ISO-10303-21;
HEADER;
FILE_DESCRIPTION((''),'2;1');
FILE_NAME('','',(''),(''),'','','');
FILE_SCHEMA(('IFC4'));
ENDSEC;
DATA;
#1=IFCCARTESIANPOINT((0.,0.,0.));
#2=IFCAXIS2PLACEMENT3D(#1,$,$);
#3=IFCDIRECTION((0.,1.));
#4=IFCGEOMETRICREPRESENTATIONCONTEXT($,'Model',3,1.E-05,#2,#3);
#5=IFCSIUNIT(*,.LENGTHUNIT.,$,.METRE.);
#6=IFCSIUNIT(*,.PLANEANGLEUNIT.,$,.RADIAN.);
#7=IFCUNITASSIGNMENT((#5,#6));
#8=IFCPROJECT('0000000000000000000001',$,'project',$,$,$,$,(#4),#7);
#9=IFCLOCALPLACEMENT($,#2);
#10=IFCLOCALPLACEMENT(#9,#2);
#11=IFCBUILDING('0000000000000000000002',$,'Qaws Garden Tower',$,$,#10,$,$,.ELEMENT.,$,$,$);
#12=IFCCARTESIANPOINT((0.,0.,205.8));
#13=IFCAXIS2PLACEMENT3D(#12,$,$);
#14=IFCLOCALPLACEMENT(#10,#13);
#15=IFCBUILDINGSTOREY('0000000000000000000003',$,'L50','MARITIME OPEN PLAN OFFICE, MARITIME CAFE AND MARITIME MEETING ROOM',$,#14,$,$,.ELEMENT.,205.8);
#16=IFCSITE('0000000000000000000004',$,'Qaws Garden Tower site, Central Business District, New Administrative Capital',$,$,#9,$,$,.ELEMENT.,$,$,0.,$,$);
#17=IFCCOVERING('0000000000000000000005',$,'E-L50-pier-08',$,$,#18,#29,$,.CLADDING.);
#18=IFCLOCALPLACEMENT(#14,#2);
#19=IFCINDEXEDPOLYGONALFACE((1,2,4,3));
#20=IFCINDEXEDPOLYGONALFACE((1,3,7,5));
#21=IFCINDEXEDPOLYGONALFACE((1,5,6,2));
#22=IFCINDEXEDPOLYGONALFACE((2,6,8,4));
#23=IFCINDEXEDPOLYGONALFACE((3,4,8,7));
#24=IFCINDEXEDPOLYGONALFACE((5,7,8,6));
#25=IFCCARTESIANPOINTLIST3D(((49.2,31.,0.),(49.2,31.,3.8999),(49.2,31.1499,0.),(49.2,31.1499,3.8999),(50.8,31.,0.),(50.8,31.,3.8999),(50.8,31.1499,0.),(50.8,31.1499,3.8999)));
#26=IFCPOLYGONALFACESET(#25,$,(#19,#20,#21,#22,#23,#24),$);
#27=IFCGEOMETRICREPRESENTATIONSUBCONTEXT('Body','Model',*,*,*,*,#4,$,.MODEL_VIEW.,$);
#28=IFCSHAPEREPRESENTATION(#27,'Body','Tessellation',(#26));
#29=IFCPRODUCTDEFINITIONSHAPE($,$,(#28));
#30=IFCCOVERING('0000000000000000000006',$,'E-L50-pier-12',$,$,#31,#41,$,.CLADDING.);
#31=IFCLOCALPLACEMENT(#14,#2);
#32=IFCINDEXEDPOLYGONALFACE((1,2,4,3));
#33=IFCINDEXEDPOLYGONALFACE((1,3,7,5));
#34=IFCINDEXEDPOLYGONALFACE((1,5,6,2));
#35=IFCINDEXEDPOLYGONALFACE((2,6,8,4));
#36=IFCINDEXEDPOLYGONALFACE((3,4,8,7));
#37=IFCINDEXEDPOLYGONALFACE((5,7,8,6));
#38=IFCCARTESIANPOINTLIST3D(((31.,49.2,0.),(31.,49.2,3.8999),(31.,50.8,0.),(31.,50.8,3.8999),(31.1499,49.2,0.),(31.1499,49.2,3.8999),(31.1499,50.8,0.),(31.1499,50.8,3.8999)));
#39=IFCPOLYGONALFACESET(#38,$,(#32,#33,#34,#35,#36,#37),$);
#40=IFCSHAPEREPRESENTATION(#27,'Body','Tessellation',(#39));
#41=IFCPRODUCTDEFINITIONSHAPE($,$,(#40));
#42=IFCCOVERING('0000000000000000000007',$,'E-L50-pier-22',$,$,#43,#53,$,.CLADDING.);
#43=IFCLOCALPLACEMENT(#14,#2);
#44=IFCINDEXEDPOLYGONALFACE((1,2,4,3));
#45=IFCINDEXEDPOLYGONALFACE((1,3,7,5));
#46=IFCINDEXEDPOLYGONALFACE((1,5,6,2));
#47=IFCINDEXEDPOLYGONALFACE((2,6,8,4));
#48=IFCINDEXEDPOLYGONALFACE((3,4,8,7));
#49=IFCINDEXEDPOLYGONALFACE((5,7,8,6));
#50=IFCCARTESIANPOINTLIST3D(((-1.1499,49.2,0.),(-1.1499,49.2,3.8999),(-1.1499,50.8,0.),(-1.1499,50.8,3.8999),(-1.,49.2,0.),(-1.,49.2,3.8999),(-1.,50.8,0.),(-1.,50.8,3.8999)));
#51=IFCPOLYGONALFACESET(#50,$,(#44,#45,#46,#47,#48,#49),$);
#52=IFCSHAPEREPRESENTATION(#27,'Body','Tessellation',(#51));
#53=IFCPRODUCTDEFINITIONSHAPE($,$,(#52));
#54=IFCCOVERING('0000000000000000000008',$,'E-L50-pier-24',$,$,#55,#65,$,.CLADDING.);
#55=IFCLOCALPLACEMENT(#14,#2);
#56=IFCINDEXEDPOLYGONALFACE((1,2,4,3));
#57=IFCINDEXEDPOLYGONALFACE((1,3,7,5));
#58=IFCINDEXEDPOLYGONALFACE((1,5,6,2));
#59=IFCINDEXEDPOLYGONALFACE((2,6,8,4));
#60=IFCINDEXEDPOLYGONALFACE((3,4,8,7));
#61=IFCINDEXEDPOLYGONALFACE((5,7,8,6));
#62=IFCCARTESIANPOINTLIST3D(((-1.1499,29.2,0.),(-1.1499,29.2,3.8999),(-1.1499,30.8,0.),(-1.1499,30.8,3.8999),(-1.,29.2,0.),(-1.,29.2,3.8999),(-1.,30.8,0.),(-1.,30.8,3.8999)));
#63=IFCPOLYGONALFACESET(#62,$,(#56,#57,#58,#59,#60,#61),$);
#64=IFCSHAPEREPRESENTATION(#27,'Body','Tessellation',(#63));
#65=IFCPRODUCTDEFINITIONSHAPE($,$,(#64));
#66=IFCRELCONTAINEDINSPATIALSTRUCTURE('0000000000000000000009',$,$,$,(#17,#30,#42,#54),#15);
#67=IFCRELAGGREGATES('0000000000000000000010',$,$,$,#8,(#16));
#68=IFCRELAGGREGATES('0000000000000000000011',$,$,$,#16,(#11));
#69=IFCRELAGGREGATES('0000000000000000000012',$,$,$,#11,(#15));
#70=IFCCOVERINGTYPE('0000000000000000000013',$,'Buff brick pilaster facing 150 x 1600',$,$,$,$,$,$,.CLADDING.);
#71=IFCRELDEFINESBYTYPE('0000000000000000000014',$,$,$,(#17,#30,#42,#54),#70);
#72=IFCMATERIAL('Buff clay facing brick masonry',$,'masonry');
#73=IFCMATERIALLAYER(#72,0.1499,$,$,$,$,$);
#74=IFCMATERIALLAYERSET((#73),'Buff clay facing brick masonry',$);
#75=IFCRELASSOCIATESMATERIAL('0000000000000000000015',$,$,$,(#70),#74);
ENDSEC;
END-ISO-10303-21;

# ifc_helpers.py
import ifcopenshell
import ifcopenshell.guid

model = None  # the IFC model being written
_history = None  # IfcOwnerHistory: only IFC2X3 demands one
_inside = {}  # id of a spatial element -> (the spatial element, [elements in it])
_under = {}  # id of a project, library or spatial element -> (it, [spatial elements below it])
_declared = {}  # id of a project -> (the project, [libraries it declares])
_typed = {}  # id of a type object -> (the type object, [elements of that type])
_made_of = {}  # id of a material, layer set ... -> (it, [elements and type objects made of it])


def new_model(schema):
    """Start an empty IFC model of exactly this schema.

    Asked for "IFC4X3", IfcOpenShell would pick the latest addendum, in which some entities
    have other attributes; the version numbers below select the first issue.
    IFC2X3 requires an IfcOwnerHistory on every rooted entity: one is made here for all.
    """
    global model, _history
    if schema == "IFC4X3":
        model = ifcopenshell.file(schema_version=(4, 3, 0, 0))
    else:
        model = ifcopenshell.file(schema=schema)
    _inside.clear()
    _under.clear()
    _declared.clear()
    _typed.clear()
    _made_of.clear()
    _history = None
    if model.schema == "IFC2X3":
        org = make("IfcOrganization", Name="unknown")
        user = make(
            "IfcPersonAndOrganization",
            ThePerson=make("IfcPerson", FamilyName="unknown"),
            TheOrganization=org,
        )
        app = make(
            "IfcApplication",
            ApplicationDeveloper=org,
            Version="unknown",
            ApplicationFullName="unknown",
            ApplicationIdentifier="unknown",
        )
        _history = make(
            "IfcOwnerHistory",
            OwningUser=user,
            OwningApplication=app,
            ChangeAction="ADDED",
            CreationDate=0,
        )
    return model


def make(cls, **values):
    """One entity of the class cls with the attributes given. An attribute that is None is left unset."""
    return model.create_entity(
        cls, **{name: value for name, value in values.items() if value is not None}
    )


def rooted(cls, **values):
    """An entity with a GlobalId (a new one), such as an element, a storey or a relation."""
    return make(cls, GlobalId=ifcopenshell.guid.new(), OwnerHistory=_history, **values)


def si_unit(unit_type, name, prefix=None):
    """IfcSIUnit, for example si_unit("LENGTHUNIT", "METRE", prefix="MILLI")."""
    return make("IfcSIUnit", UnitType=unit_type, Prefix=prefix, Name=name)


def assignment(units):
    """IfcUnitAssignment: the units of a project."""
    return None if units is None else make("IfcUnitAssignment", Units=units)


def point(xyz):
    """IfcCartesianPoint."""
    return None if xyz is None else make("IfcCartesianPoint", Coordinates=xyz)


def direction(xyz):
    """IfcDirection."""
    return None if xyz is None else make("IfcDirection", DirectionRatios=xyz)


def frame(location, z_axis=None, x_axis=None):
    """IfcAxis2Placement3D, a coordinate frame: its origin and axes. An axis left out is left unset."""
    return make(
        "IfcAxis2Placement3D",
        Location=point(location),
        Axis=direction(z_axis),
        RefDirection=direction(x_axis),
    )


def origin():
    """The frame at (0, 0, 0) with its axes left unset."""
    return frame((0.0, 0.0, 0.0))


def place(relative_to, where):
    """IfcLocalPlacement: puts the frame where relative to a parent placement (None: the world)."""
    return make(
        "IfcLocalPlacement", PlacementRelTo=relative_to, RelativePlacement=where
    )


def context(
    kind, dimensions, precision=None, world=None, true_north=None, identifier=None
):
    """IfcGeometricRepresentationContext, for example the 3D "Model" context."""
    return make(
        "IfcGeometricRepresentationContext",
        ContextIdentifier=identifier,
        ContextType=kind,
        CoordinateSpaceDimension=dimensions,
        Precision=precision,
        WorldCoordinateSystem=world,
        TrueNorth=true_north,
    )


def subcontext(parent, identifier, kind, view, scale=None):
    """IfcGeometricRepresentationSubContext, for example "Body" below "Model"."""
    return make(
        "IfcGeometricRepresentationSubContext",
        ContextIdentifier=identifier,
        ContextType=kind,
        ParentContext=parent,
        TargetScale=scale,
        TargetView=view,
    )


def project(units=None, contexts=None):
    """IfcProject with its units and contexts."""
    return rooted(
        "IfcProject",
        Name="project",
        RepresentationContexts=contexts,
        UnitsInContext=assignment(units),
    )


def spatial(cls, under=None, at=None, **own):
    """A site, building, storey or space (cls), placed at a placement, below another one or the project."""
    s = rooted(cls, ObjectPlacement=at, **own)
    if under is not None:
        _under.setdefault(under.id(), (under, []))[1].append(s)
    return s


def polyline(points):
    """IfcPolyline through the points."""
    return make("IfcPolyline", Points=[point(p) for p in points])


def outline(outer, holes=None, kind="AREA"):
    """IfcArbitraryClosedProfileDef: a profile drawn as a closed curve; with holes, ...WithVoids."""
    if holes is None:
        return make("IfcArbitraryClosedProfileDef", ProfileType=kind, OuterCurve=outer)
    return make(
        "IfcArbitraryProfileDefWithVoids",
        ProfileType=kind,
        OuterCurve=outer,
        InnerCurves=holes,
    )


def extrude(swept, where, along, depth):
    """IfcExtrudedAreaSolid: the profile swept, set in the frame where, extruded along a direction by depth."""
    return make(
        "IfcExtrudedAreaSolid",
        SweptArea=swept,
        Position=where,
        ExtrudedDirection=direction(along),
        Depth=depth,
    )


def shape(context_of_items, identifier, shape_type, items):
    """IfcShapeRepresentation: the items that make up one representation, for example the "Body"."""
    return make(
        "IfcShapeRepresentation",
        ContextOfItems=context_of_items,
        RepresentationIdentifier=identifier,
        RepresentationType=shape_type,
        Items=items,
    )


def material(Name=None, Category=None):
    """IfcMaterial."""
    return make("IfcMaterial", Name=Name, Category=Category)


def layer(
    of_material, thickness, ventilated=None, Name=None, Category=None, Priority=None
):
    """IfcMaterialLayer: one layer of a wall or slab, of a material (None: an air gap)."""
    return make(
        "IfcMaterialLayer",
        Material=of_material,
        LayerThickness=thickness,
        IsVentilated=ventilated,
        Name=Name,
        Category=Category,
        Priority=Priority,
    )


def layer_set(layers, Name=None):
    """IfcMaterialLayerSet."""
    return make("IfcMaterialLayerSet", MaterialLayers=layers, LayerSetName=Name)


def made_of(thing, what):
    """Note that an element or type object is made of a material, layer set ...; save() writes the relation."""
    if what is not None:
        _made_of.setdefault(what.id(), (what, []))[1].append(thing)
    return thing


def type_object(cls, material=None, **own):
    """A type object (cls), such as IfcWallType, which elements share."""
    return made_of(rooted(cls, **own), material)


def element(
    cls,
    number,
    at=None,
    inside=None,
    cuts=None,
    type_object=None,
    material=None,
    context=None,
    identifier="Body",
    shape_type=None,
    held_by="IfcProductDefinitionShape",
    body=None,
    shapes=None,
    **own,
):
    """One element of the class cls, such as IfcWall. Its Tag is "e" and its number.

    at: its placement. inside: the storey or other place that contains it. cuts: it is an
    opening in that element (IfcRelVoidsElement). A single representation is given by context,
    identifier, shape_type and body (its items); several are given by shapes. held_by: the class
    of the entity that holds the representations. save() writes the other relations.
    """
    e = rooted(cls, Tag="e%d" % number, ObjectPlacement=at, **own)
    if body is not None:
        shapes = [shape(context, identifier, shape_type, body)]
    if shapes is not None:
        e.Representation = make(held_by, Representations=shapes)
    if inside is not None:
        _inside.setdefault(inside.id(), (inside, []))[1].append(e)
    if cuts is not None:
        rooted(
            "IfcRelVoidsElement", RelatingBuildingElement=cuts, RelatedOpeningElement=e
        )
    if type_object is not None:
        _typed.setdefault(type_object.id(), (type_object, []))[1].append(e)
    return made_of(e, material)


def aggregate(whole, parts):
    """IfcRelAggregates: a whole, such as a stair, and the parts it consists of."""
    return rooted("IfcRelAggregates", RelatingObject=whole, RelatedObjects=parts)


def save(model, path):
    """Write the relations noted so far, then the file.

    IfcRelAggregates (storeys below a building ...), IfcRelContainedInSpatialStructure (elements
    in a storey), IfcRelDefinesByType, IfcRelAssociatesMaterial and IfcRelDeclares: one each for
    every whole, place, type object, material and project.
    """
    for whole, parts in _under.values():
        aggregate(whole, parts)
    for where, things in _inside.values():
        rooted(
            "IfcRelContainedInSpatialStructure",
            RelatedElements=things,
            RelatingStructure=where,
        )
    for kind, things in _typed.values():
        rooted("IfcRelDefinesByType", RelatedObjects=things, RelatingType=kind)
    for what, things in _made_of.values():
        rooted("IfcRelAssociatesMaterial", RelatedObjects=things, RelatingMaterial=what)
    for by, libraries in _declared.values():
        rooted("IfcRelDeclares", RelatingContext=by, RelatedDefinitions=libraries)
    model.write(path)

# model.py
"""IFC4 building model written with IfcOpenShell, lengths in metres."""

from ifc_helpers import new_model, si_unit, direction, frame, origin, place, context, subcontext, project, spatial, polyline, outline, extrude, material, layer, layer_set, type_object, element, save


model = new_model("IFC4")

# Units and contexts
model_context = context("Model", 3, precision=1e-05, world=origin(), true_north=direction((0.0, 1.0)))
body_context = subcontext(model_context, "Body", "Model", "MODEL_VIEW")
ifc_project = project(units=[si_unit("LENGTHUNIT", "METRE"), si_unit("PLANEANGLEUNIT", "RADIAN")], contexts=[model_context])

# Site, building, storey
site_placement = place(None, origin())
site = spatial("IfcSite", under=ifc_project, at=site_placement, Name="Qaws Garden Tower site, Central Business District, New Administrative Capital", CompositionType="ELEMENT", RefElevation=0.0)
building_placement = place(site_placement, origin())
building = spatial("IfcBuilding", under=site, at=building_placement, Name="Qaws Garden Tower", CompositionType="ELEMENT")
storey_placement = place(building_placement, frame((0.0, 0.0, 205.8)))
storey = spatial("IfcBuildingStorey", under=building, at=storey_placement, Name="L50", Description="MARITIME OPEN PLAN OFFICE, MARITIME CAFE AND MARITIME MEETING ROOM", CompositionType="ELEMENT", Elevation=205.8)

# Shared definitions
placement = place(storey_placement, origin())

# Coverings
ifc_material_1 = material(Name="Buff clay facing brick masonry", Category="masonry")
ifc_layer_1 = layer(ifc_material_1, 0.1499)
ifc_layer_set_1 = layer_set([ifc_layer_1], Name="Buff clay facing brick masonry")
covering_type = type_object("IfcCoveringType", Name="Buff brick pilaster facing 150 x 1600", PredefinedType="CLADDING", material=ifc_layer_set_1)
element("IfcCovering", 1, at=placement, inside=storey, type_object=covering_type, Name="E-L50-pier-08", PredefinedType="CLADDING", context=body_context, shape_type="SweptSolid", body=[
    extrude(outline(polyline([(50.8, 31.0), (49.2, 31.0), (49.2, 31.1499), (50.8, 31.1499), (50.8, 31.0)])), origin(), (0.0, 0.0, 1.0), 3.8999),
])
element("IfcCovering", 2, at=placement, inside=storey, type_object=covering_type, Name="E-L50-pier-12", PredefinedType="CLADDING", context=body_context, shape_type="SweptSolid", body=[
    extrude(outline(polyline([(31.0, 49.2), (31.0, 50.8), (31.1499, 50.8), (31.1499, 49.2), (31.0, 49.2)])), origin(), (0.0, 0.0, 1.0), 3.8999),
])
element("IfcCovering", 3, at=placement, inside=storey, type_object=covering_type, Name="E-L50-pier-22", PredefinedType="CLADDING", context=body_context, shape_type="SweptSolid", body=[
    extrude(outline(polyline([(-1.0, 50.8), (-1.0, 49.2), (-1.1499, 49.2), (-1.1499, 50.8), (-1.0, 50.8)])), origin(), (0.0, 0.0, 1.0), 3.8999),
])
element("IfcCovering", 4, at=placement, inside=storey, type_object=covering_type, Name="E-L50-pier-24", PredefinedType="CLADDING", context=body_context, shape_type="SweptSolid", body=[
    extrude(outline(polyline([(-1.0, 30.8), (-1.0, 29.2), (-1.1499, 29.2), (-1.1499, 30.8), (-1.0, 30.8)])), origin(), (0.0, 0.0, 1.0), 3.8999),
])

save(model, "model.ifc")
